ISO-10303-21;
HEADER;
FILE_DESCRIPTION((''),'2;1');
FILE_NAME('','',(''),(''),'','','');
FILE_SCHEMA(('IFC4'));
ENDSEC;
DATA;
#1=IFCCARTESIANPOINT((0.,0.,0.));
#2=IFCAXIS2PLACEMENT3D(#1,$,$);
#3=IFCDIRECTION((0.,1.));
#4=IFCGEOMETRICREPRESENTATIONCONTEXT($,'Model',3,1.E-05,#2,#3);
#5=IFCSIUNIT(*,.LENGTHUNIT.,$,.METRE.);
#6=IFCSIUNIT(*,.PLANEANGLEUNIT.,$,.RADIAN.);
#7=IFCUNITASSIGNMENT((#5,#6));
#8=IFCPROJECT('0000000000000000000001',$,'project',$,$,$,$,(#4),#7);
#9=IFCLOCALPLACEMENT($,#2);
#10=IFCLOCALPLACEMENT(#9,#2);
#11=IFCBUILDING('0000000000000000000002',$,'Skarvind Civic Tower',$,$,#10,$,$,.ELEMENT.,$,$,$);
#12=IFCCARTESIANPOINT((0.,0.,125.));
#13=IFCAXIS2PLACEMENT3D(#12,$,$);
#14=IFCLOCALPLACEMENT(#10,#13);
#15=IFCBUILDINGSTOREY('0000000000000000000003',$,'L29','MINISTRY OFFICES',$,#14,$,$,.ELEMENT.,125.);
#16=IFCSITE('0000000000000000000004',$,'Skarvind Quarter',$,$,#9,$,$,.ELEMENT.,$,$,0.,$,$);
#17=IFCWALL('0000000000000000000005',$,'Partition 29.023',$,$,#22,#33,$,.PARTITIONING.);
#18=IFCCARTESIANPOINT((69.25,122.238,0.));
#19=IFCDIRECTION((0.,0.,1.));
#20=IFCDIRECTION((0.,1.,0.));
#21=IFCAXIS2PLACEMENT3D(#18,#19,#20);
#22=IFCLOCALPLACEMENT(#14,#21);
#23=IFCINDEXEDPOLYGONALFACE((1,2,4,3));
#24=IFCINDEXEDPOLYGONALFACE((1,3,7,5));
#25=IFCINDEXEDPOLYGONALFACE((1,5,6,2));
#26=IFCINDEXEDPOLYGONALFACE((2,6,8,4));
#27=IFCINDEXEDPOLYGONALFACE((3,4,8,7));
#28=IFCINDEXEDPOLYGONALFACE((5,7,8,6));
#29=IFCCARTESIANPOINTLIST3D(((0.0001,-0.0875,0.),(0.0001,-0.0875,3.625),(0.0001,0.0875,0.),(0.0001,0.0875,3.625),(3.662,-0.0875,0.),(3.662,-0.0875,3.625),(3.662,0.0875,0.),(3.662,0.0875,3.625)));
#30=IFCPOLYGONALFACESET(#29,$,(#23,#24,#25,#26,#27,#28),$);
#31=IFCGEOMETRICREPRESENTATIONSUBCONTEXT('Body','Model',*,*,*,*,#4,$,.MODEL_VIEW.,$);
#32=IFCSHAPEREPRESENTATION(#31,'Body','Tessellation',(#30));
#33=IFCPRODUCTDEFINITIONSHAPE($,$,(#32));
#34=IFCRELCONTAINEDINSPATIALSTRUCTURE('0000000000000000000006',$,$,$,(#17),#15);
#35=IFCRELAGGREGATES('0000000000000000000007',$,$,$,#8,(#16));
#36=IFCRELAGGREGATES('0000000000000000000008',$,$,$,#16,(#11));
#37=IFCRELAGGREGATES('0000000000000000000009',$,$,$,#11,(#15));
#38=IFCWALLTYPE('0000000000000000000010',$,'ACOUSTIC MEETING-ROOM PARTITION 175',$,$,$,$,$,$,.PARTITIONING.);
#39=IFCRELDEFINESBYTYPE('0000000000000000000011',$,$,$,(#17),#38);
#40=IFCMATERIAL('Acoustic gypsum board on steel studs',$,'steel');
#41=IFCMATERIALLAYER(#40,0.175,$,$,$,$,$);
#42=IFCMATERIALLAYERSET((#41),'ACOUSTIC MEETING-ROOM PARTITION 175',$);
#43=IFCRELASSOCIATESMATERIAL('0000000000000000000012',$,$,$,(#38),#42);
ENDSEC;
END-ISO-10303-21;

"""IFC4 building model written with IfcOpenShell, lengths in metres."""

from ifc_helpers import new_model, si_unit, direction, frame, frame_2d, origin, place, context, subcontext, project, spatial, rectangle, extrude, material, layer, layer_set, type_object, element, save


model = new_model("IFC4")

# Units and contexts
model_context = context("Model", 3, precision=1e-05, world=origin(), true_north=direction((0.0, 1.0)))
body_context = subcontext(model_context, "Body", "Model", "MODEL_VIEW")
ifc_project = project(units=[si_unit("LENGTHUNIT", "METRE"), si_unit("PLANEANGLEUNIT", "RADIAN")], contexts=[model_context])

# Site, building, storey
site_placement = place(None, origin())
site = spatial("IfcSite", under=ifc_project, at=site_placement, Name="Skarvind Quarter", CompositionType="ELEMENT", RefElevation=0.0)
building_placement = place(site_placement, origin())
building = spatial("IfcBuilding", under=site, at=building_placement, Name="Skarvind Civic Tower", CompositionType="ELEMENT")
storey_placement = place(building_placement, frame((0.0, 0.0, 125.0)))
storey = spatial("IfcBuildingStorey", under=building, at=storey_placement, Name="L29", Description="MINISTRY OFFICES", CompositionType="ELEMENT", Elevation=125.0)

# Wall
ifc_material_1 = material(Name="Acoustic gypsum board on steel studs", Category="steel")
ifc_layer_1 = layer(ifc_material_1, 0.175)
ifc_layer_set_1 = layer_set([ifc_layer_1], Name="ACOUSTIC MEETING-ROOM PARTITION 175")
wall_type_1 = type_object("IfcWallType", Name="ACOUSTIC MEETING-ROOM PARTITION 175", PredefinedType="PARTITIONING", material=ifc_layer_set_1)
wall_1_placement = place(storey_placement, frame((69.25, 122.238, 0.0), z_axis=(0.0, 0.0, 1.0), x_axis=(0.0, 1.0, 0.0)))
element("IfcWall", 1, at=wall_1_placement, inside=storey, type_object=wall_type_1, Name="Partition 29.023", PredefinedType="PARTITIONING", context=body_context, shape_type="SweptSolid", body=[
    extrude(rectangle(XDim=3.6619, YDim=0.175, at=frame_2d((1.8311, 0.0))), origin(), (0.0, 0.0, 1.0), 3.625),
])

save(model, "model.ifc")
